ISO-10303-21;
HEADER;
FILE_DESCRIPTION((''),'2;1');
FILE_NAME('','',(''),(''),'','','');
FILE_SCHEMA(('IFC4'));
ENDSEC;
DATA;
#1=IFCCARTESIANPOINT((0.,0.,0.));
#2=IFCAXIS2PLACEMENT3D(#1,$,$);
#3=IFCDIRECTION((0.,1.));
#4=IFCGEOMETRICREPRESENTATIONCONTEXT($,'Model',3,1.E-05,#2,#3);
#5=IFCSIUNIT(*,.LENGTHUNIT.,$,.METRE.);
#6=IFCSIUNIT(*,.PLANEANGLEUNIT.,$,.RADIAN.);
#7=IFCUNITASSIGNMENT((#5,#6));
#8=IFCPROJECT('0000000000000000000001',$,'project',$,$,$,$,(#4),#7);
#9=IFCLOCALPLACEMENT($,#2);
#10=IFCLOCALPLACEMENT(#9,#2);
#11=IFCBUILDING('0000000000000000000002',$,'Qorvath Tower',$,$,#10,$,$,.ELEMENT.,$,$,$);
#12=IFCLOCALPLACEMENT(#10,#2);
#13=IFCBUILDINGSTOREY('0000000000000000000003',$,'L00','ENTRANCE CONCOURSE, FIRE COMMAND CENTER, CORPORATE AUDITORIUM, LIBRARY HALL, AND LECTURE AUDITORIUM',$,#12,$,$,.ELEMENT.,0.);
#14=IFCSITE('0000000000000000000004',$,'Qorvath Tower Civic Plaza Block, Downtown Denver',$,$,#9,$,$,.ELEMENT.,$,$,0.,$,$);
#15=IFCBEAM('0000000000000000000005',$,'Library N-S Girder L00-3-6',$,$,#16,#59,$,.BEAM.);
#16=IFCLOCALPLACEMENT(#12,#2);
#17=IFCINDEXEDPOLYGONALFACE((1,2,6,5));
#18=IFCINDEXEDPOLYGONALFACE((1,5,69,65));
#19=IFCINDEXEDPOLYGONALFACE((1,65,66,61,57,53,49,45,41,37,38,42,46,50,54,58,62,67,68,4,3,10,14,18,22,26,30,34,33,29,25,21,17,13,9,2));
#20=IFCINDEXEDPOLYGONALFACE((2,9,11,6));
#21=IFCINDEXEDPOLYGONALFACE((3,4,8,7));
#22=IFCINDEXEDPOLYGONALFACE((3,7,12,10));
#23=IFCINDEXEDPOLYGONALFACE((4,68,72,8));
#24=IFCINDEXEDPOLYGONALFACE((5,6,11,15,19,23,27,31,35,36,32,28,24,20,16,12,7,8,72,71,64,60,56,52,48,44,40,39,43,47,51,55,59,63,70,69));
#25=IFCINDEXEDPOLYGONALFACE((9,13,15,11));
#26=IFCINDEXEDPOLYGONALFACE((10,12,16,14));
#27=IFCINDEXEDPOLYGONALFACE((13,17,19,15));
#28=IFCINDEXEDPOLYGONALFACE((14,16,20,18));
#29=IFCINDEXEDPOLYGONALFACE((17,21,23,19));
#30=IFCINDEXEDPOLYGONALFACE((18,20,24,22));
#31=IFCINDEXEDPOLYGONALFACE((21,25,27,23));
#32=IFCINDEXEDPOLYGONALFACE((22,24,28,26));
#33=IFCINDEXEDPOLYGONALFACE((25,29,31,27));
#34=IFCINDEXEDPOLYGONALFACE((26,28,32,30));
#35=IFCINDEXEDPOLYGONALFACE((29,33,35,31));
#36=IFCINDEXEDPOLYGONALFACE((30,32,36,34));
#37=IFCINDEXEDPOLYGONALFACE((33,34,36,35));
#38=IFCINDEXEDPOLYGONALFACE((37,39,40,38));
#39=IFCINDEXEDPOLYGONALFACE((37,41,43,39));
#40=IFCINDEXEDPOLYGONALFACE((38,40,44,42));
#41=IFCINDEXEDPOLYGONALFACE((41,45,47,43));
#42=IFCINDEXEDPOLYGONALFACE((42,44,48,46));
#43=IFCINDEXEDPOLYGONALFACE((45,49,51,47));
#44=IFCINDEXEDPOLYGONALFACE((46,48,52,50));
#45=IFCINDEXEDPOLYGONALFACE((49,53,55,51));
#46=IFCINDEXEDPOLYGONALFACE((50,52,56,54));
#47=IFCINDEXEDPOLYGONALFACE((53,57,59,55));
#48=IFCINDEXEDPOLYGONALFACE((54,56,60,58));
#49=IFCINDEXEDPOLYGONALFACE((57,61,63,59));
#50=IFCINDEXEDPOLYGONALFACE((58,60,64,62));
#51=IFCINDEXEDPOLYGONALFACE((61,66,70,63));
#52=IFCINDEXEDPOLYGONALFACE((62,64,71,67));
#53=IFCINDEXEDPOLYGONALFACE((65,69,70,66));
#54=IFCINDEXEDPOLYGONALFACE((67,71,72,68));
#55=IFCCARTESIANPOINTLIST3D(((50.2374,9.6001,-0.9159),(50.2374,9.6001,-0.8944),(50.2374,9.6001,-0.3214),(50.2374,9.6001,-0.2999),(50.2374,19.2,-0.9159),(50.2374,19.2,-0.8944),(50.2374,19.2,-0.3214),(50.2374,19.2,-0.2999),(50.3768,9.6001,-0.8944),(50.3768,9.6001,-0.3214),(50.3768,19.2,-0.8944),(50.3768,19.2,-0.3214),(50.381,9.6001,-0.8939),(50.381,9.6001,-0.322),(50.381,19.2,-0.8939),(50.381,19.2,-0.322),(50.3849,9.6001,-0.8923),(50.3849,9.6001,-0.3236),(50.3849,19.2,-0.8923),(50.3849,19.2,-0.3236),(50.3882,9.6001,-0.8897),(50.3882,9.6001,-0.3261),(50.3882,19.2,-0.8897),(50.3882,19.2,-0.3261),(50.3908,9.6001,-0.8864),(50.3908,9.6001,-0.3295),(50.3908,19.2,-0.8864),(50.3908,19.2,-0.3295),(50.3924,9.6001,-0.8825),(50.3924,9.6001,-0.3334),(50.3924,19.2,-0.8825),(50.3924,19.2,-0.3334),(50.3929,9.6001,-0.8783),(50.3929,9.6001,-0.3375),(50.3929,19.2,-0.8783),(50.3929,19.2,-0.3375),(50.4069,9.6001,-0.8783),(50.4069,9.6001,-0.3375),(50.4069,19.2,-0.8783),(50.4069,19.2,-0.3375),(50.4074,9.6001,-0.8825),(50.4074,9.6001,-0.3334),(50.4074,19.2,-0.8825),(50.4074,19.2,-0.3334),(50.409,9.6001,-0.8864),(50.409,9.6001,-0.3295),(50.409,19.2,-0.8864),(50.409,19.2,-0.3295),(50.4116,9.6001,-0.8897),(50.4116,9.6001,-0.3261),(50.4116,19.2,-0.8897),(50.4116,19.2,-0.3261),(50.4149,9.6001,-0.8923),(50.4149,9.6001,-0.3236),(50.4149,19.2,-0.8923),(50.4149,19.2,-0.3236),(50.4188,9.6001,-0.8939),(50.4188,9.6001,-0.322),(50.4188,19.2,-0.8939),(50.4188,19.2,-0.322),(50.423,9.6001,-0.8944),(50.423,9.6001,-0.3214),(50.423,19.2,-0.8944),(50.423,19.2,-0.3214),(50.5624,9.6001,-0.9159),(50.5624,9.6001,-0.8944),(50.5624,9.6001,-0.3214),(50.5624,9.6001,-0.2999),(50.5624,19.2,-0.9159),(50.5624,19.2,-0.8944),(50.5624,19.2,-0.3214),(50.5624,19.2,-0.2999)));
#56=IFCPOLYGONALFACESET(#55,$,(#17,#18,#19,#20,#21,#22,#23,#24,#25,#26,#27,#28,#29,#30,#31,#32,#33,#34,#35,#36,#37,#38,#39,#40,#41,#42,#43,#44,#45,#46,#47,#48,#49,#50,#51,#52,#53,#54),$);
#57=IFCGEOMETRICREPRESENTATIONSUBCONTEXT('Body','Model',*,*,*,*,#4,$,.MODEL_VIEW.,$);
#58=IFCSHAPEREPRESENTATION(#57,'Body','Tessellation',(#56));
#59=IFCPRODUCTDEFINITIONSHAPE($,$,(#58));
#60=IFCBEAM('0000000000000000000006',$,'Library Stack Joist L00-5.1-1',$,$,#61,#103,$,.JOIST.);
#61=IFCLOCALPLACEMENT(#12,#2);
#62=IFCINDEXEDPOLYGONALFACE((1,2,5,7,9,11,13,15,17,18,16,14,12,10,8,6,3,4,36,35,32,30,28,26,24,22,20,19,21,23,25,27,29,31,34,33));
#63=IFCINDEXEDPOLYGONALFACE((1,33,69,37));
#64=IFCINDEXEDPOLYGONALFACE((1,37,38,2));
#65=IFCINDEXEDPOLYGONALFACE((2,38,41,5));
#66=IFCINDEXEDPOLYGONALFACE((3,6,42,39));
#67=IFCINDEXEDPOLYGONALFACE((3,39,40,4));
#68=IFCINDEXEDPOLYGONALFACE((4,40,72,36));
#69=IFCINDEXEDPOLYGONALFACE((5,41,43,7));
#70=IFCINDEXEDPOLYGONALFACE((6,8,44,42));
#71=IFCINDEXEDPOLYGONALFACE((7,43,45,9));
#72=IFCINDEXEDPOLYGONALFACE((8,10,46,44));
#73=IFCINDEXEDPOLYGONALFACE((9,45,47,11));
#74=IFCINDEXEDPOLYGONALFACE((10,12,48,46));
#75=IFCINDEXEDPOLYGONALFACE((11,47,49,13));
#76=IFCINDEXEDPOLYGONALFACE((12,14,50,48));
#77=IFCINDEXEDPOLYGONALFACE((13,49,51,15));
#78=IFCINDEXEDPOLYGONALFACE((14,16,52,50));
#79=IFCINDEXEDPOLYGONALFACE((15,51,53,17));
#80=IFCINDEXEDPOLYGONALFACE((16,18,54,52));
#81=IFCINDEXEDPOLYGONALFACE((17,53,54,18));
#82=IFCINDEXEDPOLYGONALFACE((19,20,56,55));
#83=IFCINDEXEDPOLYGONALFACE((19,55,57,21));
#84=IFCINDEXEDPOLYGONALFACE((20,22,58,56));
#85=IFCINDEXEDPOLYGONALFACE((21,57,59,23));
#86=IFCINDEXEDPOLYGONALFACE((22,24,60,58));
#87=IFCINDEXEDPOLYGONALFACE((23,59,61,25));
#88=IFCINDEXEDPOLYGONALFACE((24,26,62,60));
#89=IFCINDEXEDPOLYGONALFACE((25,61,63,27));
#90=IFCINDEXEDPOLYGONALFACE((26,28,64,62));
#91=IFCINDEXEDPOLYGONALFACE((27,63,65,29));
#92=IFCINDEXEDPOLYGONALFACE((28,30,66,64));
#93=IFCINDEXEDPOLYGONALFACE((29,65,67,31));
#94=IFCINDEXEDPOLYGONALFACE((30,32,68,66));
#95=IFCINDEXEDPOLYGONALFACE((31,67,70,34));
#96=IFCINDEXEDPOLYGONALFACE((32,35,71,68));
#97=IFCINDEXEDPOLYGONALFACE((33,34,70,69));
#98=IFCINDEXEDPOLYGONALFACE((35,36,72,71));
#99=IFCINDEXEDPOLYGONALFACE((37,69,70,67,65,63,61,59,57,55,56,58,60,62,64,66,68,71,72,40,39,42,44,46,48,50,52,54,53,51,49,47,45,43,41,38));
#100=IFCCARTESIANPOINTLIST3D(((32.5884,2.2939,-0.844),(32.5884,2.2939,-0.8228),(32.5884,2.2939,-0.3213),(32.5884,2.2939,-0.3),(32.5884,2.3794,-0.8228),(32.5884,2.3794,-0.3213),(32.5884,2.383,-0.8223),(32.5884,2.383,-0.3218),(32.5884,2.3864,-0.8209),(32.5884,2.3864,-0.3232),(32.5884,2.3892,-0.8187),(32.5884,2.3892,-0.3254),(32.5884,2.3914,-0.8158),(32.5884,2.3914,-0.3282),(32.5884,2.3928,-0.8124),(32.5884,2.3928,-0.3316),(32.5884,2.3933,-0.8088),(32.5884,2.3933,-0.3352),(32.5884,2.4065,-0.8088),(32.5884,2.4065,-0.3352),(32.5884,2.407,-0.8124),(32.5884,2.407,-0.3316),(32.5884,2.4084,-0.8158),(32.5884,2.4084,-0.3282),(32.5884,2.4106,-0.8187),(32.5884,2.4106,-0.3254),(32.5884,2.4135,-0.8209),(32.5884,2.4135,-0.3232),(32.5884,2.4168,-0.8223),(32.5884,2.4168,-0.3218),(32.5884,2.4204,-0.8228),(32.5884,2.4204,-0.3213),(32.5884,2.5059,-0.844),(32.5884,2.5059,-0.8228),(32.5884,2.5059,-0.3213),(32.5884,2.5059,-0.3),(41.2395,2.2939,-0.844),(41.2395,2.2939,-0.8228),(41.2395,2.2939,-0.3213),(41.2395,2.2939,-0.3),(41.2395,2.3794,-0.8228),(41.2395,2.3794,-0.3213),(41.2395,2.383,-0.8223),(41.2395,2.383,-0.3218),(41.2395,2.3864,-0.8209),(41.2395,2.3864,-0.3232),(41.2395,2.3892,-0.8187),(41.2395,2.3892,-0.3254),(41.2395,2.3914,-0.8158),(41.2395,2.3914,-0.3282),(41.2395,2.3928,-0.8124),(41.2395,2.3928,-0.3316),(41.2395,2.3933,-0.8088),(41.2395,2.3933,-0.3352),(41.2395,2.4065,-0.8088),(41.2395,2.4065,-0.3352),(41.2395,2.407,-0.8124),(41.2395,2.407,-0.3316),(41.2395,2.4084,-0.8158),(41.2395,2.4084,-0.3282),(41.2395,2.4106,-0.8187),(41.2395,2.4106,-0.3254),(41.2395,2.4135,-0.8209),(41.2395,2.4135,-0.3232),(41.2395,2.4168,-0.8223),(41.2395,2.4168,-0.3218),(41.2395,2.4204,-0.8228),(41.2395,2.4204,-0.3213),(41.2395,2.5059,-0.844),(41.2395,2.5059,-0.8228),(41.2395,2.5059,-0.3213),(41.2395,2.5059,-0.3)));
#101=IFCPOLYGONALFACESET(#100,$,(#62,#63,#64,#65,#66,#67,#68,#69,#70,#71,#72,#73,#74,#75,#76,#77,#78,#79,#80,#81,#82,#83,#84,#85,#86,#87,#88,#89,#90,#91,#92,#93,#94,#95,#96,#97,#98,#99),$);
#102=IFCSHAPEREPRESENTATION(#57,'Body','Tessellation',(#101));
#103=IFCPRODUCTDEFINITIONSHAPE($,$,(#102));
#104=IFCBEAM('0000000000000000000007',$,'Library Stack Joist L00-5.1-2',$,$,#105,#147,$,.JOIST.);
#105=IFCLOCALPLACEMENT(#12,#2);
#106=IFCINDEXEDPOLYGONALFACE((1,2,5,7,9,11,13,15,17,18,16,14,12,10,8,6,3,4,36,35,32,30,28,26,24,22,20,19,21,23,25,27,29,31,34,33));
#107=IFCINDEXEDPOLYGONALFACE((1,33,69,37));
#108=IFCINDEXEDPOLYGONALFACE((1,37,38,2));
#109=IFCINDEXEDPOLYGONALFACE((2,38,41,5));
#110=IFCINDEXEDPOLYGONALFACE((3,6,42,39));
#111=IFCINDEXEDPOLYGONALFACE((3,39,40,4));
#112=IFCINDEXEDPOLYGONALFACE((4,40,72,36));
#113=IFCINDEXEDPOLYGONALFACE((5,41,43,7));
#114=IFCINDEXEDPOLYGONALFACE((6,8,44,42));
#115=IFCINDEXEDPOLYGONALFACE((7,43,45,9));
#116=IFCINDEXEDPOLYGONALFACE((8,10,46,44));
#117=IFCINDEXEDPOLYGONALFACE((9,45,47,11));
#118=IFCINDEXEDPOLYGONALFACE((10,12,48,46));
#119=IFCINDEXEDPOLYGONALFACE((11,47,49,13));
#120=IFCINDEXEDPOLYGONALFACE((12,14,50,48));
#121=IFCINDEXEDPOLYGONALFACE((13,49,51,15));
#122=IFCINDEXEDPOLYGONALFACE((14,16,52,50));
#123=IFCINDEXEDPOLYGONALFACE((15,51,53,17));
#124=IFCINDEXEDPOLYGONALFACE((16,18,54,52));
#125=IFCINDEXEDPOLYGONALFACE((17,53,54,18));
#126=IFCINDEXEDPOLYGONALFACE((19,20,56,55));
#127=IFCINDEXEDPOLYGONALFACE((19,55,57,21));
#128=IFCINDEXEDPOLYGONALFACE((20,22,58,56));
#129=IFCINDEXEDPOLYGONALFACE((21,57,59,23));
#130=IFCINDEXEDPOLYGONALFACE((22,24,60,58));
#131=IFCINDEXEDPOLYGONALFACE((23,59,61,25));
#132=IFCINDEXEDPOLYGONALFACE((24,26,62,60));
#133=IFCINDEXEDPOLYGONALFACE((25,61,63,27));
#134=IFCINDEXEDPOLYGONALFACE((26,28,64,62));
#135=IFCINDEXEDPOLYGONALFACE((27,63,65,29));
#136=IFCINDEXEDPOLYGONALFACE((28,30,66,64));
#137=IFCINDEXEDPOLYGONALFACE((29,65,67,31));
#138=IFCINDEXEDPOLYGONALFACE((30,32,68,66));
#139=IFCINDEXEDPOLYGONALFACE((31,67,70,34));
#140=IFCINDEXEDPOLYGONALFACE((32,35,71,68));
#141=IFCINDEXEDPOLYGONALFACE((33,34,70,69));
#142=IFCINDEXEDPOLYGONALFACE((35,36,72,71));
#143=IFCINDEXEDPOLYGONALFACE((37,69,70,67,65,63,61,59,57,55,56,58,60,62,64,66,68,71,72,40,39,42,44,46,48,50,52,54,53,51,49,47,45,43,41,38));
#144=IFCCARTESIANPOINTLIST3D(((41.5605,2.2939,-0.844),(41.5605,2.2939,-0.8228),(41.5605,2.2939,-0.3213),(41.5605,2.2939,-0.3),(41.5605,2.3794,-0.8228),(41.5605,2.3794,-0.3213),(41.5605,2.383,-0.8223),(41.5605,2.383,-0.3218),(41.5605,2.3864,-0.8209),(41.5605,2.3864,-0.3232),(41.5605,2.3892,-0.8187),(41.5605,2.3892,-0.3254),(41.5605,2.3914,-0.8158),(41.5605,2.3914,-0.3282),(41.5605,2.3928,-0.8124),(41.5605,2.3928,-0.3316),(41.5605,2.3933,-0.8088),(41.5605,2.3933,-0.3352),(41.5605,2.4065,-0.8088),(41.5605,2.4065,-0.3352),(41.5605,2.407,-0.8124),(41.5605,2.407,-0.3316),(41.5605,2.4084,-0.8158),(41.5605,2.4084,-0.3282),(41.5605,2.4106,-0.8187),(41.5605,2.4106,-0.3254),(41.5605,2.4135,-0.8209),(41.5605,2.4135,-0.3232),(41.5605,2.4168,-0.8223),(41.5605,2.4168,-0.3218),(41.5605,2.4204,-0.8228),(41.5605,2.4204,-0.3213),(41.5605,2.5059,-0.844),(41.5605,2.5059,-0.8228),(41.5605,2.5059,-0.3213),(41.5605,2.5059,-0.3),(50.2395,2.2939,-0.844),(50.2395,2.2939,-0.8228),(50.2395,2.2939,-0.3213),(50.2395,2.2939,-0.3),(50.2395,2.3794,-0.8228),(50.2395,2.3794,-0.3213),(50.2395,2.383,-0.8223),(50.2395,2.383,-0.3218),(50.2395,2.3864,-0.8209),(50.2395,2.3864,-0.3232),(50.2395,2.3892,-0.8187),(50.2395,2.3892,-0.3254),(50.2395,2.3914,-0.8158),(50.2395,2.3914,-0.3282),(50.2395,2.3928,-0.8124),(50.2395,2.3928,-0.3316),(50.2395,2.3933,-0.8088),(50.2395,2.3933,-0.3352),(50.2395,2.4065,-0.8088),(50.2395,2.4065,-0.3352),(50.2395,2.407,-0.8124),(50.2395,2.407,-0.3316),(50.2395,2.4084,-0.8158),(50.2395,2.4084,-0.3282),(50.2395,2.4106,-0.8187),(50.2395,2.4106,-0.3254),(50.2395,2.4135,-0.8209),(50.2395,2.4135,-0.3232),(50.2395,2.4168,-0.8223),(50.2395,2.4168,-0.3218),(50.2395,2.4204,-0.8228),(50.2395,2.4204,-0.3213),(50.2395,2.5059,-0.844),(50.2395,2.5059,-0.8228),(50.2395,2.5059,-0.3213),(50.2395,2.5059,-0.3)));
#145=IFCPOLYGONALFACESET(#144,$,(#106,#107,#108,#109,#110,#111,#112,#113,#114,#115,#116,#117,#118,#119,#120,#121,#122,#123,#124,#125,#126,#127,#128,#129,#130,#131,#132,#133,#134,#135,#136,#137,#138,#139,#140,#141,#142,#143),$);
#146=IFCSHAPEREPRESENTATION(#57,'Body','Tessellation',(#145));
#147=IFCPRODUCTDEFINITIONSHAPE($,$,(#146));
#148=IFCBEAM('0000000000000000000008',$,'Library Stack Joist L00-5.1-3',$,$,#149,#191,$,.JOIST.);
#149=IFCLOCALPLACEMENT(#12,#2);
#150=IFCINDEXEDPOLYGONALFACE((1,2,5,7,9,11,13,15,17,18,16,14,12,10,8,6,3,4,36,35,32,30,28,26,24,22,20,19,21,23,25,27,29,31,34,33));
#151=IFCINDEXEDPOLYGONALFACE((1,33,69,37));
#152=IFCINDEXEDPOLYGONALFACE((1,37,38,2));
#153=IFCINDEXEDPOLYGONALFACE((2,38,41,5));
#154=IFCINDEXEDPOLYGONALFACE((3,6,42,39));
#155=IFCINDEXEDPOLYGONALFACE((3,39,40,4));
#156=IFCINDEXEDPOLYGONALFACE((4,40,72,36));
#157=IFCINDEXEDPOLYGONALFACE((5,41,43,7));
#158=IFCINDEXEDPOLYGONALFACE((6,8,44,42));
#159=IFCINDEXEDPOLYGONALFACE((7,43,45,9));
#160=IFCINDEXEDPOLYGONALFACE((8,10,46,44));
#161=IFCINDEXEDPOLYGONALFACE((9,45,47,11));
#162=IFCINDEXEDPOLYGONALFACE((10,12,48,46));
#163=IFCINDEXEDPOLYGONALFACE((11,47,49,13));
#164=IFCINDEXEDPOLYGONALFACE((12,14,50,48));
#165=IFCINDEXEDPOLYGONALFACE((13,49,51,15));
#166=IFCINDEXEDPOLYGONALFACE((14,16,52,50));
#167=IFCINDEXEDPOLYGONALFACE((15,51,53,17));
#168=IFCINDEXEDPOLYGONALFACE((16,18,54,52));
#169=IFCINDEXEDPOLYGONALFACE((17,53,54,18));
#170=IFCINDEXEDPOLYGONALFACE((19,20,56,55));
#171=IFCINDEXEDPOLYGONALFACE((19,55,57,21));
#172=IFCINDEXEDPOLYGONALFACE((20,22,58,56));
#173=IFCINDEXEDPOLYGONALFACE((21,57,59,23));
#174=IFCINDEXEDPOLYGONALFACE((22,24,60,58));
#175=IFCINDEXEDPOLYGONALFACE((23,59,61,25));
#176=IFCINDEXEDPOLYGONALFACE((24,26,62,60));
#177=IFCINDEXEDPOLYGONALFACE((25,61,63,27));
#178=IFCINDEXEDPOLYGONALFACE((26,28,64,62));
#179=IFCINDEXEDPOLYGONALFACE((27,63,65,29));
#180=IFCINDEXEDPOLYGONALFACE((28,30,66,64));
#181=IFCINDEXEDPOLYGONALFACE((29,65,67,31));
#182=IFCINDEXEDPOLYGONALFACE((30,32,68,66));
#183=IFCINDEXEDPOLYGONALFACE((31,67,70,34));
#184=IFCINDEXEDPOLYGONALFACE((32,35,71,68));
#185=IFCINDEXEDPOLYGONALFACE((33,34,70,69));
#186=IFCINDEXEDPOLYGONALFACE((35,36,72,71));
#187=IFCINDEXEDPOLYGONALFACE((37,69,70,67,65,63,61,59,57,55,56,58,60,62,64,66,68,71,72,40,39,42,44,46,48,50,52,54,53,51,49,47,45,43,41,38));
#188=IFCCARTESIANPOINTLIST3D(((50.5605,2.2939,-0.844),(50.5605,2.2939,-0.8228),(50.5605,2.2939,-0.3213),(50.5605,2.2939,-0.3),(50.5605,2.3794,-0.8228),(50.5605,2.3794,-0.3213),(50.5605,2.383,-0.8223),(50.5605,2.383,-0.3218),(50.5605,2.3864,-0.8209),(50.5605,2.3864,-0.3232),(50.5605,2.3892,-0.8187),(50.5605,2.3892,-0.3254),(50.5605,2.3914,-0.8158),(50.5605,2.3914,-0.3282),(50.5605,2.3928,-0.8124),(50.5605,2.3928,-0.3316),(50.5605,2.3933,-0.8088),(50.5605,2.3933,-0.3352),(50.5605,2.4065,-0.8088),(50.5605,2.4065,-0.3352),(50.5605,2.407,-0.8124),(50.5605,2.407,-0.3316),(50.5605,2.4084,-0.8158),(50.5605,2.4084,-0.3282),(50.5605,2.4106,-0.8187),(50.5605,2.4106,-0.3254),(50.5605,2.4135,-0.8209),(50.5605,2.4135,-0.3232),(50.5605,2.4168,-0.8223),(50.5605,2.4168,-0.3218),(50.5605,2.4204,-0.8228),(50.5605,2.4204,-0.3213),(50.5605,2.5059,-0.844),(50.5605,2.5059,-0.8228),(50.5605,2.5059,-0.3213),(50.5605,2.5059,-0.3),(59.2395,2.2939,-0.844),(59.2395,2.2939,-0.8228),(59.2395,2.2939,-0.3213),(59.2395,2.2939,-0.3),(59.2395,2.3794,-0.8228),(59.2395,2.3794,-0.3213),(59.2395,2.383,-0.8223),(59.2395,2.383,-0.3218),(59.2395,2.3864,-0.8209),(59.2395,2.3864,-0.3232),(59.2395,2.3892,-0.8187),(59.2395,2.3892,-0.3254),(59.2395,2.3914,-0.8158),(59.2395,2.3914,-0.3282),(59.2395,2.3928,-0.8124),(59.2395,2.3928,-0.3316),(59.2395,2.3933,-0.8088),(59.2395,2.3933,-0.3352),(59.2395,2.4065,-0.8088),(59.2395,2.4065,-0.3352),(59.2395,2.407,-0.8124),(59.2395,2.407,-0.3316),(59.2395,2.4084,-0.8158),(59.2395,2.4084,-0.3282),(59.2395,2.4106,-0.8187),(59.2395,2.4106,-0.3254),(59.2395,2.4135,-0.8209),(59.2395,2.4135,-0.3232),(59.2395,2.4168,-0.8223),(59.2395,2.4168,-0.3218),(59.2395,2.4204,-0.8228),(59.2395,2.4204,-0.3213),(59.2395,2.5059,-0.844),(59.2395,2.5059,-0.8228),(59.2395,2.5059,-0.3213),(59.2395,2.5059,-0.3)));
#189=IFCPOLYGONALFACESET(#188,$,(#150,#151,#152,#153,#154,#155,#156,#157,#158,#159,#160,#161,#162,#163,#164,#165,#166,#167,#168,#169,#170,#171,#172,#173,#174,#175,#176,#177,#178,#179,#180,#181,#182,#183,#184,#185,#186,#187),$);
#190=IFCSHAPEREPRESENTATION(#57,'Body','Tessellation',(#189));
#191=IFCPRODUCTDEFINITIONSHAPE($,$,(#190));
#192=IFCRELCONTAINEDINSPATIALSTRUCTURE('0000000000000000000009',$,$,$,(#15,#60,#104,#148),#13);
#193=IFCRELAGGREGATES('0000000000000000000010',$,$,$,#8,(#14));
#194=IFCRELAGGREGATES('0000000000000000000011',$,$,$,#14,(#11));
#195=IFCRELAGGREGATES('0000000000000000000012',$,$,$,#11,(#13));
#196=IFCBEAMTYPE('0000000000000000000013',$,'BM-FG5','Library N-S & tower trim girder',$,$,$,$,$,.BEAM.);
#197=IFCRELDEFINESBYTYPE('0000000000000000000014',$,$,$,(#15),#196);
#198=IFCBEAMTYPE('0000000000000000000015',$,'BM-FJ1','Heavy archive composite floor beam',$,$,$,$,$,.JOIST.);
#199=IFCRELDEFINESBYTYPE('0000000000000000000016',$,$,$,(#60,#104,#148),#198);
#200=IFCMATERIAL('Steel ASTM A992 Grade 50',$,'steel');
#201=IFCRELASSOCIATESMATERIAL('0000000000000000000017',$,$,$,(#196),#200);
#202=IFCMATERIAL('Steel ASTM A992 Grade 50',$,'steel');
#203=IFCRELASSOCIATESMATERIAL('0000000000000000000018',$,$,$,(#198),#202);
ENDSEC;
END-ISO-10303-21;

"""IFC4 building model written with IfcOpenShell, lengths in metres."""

from ifc_helpers import new_model, si_unit, direction, frame, origin, origin_2d, place, context, subcontext, project, spatial, i_section, extrude, material, material_profile, profile_set, type_object, element, save


model = new_model("IFC4")

# Units and contexts
model_context = context("Model", 3, precision=1e-05, world=origin(), true_north=direction((0.0, 1.0)))
body_context = subcontext(model_context, "Body", "Model", "MODEL_VIEW")
ifc_project = project(units=[si_unit("LENGTHUNIT", "METRE"), si_unit("PLANEANGLEUNIT", "RADIAN")], contexts=[model_context])

# Site, building, storey
site_placement = place(None, origin())
site = spatial("IfcSite", under=ifc_project, at=site_placement, Name="Qorvath Tower Civic Plaza Block, Downtown Denver", CompositionType="ELEMENT", RefElevation=0.0)
building_placement = place(site_placement, origin())
building = spatial("IfcBuilding", under=site, at=building_placement, Name="Qorvath Tower", CompositionType="ELEMENT")
storey_placement = place(building_placement, origin())
storey = spatial("IfcBuildingStorey", under=building, at=storey_placement, Name="L00", Description="ENTRANCE CONCOURSE, FIRE COMMAND CENTER, CORPORATE AUDITORIUM, LIBRARY HALL, AND LECTURE AUDITORIUM", CompositionType="ELEMENT", Elevation=0.0)

# Beams
ifc_material_1 = material(Name="Steel ASTM A992 Grade 50", Category="steel")
ifc_material_profile_1 = material_profile(ifc_material_1, i_section(OverallWidth=0.325, OverallDepth=0.616, WebThickness=0.0139, FlangeThickness=0.0215, FilletRadius=0.0161, at=origin_2d()), Name="W24x117")
ifc_profile_set_1 = profile_set([ifc_material_profile_1], Name="Steel ASTM A992 Grade 50")
beam_type_1 = type_object("IfcBeamType", Name="BM-FG5", Description="Library N-S & tower trim girder", PredefinedType="BEAM", material=ifc_profile_set_1)
for number, where, z_axis, x_axis, name in (
    (1, (50.3999, 9.6001, -0.6079), (0.0, 1.0, 0.0), (-1.0, 0.0, 0.0), "Library N-S Girder L00-3-6"),
):
    element("IfcBeam", number, at=place(storey_placement, frame(where, z_axis=z_axis, x_axis=x_axis)), inside=storey, type_object=beam_type_1, Name=name, PredefinedType="BEAM", context=body_context, shape_type="SweptSolid", body=[
        extrude(i_section(OverallWidth=0.325, OverallDepth=0.616, WebThickness=0.0139, FlangeThickness=0.0215, FilletRadius=0.0161, at=origin_2d()), origin(), (0.0, 0.0, 1.0), 9.5999),
    ])
ifc_material_2 = material(Name="Steel ASTM A992 Grade 50", Category="steel")
ifc_material_profile_2 = material_profile(ifc_material_2, i_section(OverallWidth=0.2119, OverallDepth=0.5439, WebThickness=0.0132, FlangeThickness=0.0212, FilletRadius=0.0139, at=origin_2d()), Name="W21x83")
ifc_profile_set_2 = profile_set([ifc_material_profile_2], Name="Steel ASTM A992 Grade 50")
beam_type_2 = type_object("IfcBeamType", Name="BM-FJ1", Description="Heavy archive composite floor beam", PredefinedType="JOIST", material=ifc_profile_set_2)
beam_1_placement = place(storey_placement, frame((32.5884, 2.3999, -0.572), z_axis=(1.0, 0.0, 0.0), x_axis=(0.0, 1.0, 0.0)))
element("IfcBeam", 2, at=beam_1_placement, inside=storey, type_object=beam_type_2, Name="Library Stack Joist L00-5.1-1", PredefinedType="JOIST", context=body_context, shape_type="SweptSolid", body=[
    extrude(i_section(OverallWidth=0.2119, OverallDepth=0.5439, WebThickness=0.0132, FlangeThickness=0.0212, FilletRadius=0.0139, at=origin_2d()), origin(), (0.0, 0.0, 1.0), 8.6511),
])
for number, where, z_axis, x_axis, name in (
    (3, (41.5605, 2.3999, -0.572), (1.0, 0.0, 0.0), (0.0, 1.0, 0.0), "Library Stack Joist L00-5.1-2"),
    (4, (50.5605, 2.3999, -0.572), (1.0, 0.0, 0.0), (0.0, 1.0, 0.0), "Library Stack Joist L00-5.1-3"),
):
    element("IfcBeam", number, at=place(storey_placement, frame(where, z_axis=z_axis, x_axis=x_axis)), inside=storey, type_object=beam_type_2, Name=name, PredefinedType="JOIST", context=body_context, shape_type="SweptSolid", body=[
        extrude(i_section(OverallWidth=0.2119, OverallDepth=0.5439, WebThickness=0.0132, FlangeThickness=0.0212, FilletRadius=0.0139, at=origin_2d()), origin(), (0.0, 0.0, 1.0), 8.679),
    ])

save(model, "model.ifc")
